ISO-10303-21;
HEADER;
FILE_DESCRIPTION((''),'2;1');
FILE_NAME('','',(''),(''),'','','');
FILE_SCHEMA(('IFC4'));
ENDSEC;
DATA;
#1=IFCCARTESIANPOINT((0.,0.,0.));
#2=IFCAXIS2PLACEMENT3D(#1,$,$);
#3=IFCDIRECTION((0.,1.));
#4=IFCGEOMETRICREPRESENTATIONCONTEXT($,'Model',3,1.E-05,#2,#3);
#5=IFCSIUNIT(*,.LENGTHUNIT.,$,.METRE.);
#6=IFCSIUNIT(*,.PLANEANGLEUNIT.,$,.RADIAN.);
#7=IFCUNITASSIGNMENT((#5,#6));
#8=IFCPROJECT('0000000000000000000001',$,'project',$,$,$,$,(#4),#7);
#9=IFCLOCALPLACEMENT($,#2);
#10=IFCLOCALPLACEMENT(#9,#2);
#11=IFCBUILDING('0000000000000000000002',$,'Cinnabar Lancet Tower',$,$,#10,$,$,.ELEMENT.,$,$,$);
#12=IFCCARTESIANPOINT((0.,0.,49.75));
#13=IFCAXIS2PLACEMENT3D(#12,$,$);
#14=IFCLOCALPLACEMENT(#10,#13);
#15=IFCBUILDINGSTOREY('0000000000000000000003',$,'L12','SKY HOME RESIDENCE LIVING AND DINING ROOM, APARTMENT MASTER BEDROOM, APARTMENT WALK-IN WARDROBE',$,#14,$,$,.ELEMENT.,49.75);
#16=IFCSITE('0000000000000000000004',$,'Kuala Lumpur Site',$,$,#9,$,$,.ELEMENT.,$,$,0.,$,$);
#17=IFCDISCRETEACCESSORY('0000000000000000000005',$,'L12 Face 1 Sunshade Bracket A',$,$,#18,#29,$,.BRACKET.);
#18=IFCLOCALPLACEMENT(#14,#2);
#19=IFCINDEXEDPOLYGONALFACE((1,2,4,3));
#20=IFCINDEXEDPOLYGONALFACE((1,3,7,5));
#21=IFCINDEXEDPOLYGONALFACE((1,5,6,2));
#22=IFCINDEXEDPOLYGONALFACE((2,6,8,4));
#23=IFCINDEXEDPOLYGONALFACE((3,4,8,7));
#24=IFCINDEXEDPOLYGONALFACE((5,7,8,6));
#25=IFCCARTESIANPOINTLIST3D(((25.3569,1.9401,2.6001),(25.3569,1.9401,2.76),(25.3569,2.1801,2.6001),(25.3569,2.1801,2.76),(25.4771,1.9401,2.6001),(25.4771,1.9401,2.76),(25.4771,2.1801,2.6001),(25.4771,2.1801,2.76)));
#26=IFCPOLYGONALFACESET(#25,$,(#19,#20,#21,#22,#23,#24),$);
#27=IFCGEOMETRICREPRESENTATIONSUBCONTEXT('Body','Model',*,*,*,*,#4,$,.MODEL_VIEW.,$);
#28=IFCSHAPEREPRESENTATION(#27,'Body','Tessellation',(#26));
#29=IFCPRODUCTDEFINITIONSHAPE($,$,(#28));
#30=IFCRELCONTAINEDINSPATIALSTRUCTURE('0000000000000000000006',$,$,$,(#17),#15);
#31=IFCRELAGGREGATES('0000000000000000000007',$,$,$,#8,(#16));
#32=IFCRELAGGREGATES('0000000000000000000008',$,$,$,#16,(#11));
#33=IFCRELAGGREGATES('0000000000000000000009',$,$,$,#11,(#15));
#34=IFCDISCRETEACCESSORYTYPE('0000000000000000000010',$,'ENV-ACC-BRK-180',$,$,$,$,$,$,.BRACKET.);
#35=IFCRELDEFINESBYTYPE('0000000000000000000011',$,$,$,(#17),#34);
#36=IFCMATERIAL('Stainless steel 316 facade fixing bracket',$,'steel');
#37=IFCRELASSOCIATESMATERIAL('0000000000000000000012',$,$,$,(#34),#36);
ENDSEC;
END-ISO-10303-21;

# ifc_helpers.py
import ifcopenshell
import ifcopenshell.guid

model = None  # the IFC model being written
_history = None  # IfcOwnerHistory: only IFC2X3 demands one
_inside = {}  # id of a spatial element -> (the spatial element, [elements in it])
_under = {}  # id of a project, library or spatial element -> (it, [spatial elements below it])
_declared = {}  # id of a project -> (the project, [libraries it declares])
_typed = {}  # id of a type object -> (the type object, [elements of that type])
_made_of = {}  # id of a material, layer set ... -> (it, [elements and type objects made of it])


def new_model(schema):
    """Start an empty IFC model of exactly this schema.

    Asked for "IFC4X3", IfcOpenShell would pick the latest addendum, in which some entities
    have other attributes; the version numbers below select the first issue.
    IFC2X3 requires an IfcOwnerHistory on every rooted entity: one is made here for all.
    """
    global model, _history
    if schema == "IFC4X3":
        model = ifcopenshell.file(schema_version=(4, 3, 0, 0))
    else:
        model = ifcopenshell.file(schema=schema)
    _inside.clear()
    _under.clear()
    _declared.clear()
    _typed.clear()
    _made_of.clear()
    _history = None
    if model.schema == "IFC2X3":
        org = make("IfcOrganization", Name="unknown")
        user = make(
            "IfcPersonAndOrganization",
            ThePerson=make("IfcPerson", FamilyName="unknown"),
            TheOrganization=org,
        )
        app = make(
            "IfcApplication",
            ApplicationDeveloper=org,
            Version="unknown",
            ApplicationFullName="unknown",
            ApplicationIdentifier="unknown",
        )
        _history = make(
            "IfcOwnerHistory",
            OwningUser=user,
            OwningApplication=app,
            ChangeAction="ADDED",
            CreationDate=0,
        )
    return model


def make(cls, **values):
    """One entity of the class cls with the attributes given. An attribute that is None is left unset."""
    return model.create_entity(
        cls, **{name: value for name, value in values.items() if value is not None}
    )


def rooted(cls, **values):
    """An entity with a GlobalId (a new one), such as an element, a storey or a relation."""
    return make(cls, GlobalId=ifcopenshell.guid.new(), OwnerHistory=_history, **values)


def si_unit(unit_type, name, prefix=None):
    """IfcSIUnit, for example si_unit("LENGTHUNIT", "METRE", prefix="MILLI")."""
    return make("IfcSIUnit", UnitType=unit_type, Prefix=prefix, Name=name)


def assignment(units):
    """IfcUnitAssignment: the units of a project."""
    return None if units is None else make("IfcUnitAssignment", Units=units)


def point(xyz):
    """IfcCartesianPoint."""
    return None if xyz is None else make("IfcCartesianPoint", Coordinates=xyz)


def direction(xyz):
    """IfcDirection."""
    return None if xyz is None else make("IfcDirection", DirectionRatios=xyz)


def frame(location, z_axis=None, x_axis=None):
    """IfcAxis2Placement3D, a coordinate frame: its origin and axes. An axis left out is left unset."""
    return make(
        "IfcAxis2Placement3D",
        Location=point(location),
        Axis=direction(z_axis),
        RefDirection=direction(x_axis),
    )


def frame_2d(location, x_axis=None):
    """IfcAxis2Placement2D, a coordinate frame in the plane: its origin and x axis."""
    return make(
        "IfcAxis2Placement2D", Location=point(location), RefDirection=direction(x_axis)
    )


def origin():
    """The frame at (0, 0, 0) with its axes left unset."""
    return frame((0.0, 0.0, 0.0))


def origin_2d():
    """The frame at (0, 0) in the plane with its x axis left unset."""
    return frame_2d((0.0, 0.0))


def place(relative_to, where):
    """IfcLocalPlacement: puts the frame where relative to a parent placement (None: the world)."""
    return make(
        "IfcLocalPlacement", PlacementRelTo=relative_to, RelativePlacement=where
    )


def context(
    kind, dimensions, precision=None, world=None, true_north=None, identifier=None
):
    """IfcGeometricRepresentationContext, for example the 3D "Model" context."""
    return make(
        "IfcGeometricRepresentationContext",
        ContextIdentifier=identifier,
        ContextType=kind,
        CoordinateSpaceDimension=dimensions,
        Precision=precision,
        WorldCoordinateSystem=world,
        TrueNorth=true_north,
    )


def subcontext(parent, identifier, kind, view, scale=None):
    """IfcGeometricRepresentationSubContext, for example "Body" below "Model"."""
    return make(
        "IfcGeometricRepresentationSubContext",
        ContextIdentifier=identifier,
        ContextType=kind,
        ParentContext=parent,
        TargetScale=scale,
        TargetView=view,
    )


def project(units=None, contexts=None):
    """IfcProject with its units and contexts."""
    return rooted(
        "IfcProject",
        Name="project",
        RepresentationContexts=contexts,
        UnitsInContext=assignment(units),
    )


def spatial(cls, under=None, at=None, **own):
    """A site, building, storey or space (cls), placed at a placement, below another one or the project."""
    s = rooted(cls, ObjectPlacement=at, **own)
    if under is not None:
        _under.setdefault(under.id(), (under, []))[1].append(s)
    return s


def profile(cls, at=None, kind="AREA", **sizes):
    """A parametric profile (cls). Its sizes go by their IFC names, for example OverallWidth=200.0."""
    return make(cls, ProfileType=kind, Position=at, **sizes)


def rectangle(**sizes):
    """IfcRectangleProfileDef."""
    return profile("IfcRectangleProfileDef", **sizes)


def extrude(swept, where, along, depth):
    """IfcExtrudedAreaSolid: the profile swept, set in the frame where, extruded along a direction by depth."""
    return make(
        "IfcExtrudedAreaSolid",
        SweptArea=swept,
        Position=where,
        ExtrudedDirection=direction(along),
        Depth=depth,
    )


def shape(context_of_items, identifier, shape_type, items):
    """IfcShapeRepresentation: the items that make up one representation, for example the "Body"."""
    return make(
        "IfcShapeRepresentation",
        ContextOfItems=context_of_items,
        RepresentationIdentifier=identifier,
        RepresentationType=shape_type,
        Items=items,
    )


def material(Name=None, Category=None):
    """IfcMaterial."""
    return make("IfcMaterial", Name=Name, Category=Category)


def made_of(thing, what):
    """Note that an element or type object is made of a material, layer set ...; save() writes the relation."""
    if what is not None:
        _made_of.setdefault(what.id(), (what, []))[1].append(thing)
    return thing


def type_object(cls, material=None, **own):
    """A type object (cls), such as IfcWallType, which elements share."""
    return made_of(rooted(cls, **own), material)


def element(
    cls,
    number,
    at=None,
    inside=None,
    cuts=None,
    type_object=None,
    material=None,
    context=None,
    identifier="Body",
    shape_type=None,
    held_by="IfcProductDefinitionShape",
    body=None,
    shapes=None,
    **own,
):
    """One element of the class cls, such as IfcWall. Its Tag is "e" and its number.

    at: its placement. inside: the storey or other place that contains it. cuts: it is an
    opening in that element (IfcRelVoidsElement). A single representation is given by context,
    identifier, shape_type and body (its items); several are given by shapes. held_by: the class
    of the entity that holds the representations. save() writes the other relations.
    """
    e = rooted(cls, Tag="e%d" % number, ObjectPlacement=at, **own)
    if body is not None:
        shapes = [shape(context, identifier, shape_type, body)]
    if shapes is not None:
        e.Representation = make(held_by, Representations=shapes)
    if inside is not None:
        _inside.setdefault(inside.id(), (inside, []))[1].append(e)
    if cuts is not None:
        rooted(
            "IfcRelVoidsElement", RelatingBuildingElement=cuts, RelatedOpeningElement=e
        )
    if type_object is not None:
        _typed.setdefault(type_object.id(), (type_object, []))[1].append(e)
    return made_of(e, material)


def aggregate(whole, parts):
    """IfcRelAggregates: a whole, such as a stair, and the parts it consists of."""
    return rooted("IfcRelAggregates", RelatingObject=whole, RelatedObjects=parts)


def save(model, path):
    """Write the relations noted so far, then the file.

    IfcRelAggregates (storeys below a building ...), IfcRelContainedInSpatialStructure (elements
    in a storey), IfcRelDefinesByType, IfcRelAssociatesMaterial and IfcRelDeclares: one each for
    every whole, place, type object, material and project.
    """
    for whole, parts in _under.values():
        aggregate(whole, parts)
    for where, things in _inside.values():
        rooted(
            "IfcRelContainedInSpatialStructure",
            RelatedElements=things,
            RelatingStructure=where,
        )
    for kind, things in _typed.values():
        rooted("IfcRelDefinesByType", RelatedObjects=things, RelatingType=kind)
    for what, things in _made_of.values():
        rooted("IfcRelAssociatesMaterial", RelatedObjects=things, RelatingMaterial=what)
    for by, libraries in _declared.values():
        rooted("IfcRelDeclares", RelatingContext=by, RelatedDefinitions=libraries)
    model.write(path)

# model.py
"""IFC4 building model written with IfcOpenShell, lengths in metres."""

from ifc_helpers import new_model, si_unit, direction, frame, origin, origin_2d, place, context, subcontext, project, spatial, rectangle, extrude, material, type_object, element, save


model = new_model("IFC4")

# Units and contexts
model_context = context("Model", 3, precision=1e-05, world=origin(), true_north=direction((0.0, 1.0)))
body_context = subcontext(model_context, "Body", "Model", "MODEL_VIEW")
ifc_project = project(units=[si_unit("LENGTHUNIT", "METRE"), si_unit("PLANEANGLEUNIT", "RADIAN")], contexts=[model_context])

# Site, building, storey
site_placement = place(None, origin())
site = spatial("IfcSite", under=ifc_project, at=site_placement, Name="Kuala Lumpur Site", CompositionType="ELEMENT", RefElevation=0.0)
building_placement = place(site_placement, origin())
building = spatial("IfcBuilding", under=site, at=building_placement, Name="Cinnabar Lancet Tower", CompositionType="ELEMENT")
storey_placement = place(building_placement, frame((0.0, 0.0, 49.75)))
storey = spatial("IfcBuildingStorey", under=building, at=storey_placement, Name="L12", Description="SKY HOME RESIDENCE LIVING AND DINING ROOM, APARTMENT MASTER BEDROOM, APARTMENT WALK-IN WARDROBE", CompositionType="ELEMENT", Elevation=49.75)

# Discrete accessory
ifc_material_1 = material(Name="Stainless steel 316 facade fixing bracket", Category="steel")
discrete_accessory_type = type_object("IfcDiscreteAccessoryType", Name="ENV-ACC-BRK-180", PredefinedType="BRACKET", material=ifc_material_1)
discrete_accessory_placement = place(storey_placement, frame((25.417, 2.0601, 2.6001), z_axis=(0.0, 0.0, 1.0), x_axis=(1.0, 0.0, 0.0)))
element("IfcDiscreteAccessory", 1, at=discrete_accessory_placement, inside=storey, type_object=discrete_accessory_type, Name="L12 Face 1 Sunshade Bracket A", PredefinedType="BRACKET", context=body_context, shape_type="SweptSolid", body=[
    extrude(rectangle(XDim=0.1201, YDim=0.24, at=origin_2d()), origin(), (0.0, 0.0, 1.0), 0.1599),
])

save(model, "model.ifc")
